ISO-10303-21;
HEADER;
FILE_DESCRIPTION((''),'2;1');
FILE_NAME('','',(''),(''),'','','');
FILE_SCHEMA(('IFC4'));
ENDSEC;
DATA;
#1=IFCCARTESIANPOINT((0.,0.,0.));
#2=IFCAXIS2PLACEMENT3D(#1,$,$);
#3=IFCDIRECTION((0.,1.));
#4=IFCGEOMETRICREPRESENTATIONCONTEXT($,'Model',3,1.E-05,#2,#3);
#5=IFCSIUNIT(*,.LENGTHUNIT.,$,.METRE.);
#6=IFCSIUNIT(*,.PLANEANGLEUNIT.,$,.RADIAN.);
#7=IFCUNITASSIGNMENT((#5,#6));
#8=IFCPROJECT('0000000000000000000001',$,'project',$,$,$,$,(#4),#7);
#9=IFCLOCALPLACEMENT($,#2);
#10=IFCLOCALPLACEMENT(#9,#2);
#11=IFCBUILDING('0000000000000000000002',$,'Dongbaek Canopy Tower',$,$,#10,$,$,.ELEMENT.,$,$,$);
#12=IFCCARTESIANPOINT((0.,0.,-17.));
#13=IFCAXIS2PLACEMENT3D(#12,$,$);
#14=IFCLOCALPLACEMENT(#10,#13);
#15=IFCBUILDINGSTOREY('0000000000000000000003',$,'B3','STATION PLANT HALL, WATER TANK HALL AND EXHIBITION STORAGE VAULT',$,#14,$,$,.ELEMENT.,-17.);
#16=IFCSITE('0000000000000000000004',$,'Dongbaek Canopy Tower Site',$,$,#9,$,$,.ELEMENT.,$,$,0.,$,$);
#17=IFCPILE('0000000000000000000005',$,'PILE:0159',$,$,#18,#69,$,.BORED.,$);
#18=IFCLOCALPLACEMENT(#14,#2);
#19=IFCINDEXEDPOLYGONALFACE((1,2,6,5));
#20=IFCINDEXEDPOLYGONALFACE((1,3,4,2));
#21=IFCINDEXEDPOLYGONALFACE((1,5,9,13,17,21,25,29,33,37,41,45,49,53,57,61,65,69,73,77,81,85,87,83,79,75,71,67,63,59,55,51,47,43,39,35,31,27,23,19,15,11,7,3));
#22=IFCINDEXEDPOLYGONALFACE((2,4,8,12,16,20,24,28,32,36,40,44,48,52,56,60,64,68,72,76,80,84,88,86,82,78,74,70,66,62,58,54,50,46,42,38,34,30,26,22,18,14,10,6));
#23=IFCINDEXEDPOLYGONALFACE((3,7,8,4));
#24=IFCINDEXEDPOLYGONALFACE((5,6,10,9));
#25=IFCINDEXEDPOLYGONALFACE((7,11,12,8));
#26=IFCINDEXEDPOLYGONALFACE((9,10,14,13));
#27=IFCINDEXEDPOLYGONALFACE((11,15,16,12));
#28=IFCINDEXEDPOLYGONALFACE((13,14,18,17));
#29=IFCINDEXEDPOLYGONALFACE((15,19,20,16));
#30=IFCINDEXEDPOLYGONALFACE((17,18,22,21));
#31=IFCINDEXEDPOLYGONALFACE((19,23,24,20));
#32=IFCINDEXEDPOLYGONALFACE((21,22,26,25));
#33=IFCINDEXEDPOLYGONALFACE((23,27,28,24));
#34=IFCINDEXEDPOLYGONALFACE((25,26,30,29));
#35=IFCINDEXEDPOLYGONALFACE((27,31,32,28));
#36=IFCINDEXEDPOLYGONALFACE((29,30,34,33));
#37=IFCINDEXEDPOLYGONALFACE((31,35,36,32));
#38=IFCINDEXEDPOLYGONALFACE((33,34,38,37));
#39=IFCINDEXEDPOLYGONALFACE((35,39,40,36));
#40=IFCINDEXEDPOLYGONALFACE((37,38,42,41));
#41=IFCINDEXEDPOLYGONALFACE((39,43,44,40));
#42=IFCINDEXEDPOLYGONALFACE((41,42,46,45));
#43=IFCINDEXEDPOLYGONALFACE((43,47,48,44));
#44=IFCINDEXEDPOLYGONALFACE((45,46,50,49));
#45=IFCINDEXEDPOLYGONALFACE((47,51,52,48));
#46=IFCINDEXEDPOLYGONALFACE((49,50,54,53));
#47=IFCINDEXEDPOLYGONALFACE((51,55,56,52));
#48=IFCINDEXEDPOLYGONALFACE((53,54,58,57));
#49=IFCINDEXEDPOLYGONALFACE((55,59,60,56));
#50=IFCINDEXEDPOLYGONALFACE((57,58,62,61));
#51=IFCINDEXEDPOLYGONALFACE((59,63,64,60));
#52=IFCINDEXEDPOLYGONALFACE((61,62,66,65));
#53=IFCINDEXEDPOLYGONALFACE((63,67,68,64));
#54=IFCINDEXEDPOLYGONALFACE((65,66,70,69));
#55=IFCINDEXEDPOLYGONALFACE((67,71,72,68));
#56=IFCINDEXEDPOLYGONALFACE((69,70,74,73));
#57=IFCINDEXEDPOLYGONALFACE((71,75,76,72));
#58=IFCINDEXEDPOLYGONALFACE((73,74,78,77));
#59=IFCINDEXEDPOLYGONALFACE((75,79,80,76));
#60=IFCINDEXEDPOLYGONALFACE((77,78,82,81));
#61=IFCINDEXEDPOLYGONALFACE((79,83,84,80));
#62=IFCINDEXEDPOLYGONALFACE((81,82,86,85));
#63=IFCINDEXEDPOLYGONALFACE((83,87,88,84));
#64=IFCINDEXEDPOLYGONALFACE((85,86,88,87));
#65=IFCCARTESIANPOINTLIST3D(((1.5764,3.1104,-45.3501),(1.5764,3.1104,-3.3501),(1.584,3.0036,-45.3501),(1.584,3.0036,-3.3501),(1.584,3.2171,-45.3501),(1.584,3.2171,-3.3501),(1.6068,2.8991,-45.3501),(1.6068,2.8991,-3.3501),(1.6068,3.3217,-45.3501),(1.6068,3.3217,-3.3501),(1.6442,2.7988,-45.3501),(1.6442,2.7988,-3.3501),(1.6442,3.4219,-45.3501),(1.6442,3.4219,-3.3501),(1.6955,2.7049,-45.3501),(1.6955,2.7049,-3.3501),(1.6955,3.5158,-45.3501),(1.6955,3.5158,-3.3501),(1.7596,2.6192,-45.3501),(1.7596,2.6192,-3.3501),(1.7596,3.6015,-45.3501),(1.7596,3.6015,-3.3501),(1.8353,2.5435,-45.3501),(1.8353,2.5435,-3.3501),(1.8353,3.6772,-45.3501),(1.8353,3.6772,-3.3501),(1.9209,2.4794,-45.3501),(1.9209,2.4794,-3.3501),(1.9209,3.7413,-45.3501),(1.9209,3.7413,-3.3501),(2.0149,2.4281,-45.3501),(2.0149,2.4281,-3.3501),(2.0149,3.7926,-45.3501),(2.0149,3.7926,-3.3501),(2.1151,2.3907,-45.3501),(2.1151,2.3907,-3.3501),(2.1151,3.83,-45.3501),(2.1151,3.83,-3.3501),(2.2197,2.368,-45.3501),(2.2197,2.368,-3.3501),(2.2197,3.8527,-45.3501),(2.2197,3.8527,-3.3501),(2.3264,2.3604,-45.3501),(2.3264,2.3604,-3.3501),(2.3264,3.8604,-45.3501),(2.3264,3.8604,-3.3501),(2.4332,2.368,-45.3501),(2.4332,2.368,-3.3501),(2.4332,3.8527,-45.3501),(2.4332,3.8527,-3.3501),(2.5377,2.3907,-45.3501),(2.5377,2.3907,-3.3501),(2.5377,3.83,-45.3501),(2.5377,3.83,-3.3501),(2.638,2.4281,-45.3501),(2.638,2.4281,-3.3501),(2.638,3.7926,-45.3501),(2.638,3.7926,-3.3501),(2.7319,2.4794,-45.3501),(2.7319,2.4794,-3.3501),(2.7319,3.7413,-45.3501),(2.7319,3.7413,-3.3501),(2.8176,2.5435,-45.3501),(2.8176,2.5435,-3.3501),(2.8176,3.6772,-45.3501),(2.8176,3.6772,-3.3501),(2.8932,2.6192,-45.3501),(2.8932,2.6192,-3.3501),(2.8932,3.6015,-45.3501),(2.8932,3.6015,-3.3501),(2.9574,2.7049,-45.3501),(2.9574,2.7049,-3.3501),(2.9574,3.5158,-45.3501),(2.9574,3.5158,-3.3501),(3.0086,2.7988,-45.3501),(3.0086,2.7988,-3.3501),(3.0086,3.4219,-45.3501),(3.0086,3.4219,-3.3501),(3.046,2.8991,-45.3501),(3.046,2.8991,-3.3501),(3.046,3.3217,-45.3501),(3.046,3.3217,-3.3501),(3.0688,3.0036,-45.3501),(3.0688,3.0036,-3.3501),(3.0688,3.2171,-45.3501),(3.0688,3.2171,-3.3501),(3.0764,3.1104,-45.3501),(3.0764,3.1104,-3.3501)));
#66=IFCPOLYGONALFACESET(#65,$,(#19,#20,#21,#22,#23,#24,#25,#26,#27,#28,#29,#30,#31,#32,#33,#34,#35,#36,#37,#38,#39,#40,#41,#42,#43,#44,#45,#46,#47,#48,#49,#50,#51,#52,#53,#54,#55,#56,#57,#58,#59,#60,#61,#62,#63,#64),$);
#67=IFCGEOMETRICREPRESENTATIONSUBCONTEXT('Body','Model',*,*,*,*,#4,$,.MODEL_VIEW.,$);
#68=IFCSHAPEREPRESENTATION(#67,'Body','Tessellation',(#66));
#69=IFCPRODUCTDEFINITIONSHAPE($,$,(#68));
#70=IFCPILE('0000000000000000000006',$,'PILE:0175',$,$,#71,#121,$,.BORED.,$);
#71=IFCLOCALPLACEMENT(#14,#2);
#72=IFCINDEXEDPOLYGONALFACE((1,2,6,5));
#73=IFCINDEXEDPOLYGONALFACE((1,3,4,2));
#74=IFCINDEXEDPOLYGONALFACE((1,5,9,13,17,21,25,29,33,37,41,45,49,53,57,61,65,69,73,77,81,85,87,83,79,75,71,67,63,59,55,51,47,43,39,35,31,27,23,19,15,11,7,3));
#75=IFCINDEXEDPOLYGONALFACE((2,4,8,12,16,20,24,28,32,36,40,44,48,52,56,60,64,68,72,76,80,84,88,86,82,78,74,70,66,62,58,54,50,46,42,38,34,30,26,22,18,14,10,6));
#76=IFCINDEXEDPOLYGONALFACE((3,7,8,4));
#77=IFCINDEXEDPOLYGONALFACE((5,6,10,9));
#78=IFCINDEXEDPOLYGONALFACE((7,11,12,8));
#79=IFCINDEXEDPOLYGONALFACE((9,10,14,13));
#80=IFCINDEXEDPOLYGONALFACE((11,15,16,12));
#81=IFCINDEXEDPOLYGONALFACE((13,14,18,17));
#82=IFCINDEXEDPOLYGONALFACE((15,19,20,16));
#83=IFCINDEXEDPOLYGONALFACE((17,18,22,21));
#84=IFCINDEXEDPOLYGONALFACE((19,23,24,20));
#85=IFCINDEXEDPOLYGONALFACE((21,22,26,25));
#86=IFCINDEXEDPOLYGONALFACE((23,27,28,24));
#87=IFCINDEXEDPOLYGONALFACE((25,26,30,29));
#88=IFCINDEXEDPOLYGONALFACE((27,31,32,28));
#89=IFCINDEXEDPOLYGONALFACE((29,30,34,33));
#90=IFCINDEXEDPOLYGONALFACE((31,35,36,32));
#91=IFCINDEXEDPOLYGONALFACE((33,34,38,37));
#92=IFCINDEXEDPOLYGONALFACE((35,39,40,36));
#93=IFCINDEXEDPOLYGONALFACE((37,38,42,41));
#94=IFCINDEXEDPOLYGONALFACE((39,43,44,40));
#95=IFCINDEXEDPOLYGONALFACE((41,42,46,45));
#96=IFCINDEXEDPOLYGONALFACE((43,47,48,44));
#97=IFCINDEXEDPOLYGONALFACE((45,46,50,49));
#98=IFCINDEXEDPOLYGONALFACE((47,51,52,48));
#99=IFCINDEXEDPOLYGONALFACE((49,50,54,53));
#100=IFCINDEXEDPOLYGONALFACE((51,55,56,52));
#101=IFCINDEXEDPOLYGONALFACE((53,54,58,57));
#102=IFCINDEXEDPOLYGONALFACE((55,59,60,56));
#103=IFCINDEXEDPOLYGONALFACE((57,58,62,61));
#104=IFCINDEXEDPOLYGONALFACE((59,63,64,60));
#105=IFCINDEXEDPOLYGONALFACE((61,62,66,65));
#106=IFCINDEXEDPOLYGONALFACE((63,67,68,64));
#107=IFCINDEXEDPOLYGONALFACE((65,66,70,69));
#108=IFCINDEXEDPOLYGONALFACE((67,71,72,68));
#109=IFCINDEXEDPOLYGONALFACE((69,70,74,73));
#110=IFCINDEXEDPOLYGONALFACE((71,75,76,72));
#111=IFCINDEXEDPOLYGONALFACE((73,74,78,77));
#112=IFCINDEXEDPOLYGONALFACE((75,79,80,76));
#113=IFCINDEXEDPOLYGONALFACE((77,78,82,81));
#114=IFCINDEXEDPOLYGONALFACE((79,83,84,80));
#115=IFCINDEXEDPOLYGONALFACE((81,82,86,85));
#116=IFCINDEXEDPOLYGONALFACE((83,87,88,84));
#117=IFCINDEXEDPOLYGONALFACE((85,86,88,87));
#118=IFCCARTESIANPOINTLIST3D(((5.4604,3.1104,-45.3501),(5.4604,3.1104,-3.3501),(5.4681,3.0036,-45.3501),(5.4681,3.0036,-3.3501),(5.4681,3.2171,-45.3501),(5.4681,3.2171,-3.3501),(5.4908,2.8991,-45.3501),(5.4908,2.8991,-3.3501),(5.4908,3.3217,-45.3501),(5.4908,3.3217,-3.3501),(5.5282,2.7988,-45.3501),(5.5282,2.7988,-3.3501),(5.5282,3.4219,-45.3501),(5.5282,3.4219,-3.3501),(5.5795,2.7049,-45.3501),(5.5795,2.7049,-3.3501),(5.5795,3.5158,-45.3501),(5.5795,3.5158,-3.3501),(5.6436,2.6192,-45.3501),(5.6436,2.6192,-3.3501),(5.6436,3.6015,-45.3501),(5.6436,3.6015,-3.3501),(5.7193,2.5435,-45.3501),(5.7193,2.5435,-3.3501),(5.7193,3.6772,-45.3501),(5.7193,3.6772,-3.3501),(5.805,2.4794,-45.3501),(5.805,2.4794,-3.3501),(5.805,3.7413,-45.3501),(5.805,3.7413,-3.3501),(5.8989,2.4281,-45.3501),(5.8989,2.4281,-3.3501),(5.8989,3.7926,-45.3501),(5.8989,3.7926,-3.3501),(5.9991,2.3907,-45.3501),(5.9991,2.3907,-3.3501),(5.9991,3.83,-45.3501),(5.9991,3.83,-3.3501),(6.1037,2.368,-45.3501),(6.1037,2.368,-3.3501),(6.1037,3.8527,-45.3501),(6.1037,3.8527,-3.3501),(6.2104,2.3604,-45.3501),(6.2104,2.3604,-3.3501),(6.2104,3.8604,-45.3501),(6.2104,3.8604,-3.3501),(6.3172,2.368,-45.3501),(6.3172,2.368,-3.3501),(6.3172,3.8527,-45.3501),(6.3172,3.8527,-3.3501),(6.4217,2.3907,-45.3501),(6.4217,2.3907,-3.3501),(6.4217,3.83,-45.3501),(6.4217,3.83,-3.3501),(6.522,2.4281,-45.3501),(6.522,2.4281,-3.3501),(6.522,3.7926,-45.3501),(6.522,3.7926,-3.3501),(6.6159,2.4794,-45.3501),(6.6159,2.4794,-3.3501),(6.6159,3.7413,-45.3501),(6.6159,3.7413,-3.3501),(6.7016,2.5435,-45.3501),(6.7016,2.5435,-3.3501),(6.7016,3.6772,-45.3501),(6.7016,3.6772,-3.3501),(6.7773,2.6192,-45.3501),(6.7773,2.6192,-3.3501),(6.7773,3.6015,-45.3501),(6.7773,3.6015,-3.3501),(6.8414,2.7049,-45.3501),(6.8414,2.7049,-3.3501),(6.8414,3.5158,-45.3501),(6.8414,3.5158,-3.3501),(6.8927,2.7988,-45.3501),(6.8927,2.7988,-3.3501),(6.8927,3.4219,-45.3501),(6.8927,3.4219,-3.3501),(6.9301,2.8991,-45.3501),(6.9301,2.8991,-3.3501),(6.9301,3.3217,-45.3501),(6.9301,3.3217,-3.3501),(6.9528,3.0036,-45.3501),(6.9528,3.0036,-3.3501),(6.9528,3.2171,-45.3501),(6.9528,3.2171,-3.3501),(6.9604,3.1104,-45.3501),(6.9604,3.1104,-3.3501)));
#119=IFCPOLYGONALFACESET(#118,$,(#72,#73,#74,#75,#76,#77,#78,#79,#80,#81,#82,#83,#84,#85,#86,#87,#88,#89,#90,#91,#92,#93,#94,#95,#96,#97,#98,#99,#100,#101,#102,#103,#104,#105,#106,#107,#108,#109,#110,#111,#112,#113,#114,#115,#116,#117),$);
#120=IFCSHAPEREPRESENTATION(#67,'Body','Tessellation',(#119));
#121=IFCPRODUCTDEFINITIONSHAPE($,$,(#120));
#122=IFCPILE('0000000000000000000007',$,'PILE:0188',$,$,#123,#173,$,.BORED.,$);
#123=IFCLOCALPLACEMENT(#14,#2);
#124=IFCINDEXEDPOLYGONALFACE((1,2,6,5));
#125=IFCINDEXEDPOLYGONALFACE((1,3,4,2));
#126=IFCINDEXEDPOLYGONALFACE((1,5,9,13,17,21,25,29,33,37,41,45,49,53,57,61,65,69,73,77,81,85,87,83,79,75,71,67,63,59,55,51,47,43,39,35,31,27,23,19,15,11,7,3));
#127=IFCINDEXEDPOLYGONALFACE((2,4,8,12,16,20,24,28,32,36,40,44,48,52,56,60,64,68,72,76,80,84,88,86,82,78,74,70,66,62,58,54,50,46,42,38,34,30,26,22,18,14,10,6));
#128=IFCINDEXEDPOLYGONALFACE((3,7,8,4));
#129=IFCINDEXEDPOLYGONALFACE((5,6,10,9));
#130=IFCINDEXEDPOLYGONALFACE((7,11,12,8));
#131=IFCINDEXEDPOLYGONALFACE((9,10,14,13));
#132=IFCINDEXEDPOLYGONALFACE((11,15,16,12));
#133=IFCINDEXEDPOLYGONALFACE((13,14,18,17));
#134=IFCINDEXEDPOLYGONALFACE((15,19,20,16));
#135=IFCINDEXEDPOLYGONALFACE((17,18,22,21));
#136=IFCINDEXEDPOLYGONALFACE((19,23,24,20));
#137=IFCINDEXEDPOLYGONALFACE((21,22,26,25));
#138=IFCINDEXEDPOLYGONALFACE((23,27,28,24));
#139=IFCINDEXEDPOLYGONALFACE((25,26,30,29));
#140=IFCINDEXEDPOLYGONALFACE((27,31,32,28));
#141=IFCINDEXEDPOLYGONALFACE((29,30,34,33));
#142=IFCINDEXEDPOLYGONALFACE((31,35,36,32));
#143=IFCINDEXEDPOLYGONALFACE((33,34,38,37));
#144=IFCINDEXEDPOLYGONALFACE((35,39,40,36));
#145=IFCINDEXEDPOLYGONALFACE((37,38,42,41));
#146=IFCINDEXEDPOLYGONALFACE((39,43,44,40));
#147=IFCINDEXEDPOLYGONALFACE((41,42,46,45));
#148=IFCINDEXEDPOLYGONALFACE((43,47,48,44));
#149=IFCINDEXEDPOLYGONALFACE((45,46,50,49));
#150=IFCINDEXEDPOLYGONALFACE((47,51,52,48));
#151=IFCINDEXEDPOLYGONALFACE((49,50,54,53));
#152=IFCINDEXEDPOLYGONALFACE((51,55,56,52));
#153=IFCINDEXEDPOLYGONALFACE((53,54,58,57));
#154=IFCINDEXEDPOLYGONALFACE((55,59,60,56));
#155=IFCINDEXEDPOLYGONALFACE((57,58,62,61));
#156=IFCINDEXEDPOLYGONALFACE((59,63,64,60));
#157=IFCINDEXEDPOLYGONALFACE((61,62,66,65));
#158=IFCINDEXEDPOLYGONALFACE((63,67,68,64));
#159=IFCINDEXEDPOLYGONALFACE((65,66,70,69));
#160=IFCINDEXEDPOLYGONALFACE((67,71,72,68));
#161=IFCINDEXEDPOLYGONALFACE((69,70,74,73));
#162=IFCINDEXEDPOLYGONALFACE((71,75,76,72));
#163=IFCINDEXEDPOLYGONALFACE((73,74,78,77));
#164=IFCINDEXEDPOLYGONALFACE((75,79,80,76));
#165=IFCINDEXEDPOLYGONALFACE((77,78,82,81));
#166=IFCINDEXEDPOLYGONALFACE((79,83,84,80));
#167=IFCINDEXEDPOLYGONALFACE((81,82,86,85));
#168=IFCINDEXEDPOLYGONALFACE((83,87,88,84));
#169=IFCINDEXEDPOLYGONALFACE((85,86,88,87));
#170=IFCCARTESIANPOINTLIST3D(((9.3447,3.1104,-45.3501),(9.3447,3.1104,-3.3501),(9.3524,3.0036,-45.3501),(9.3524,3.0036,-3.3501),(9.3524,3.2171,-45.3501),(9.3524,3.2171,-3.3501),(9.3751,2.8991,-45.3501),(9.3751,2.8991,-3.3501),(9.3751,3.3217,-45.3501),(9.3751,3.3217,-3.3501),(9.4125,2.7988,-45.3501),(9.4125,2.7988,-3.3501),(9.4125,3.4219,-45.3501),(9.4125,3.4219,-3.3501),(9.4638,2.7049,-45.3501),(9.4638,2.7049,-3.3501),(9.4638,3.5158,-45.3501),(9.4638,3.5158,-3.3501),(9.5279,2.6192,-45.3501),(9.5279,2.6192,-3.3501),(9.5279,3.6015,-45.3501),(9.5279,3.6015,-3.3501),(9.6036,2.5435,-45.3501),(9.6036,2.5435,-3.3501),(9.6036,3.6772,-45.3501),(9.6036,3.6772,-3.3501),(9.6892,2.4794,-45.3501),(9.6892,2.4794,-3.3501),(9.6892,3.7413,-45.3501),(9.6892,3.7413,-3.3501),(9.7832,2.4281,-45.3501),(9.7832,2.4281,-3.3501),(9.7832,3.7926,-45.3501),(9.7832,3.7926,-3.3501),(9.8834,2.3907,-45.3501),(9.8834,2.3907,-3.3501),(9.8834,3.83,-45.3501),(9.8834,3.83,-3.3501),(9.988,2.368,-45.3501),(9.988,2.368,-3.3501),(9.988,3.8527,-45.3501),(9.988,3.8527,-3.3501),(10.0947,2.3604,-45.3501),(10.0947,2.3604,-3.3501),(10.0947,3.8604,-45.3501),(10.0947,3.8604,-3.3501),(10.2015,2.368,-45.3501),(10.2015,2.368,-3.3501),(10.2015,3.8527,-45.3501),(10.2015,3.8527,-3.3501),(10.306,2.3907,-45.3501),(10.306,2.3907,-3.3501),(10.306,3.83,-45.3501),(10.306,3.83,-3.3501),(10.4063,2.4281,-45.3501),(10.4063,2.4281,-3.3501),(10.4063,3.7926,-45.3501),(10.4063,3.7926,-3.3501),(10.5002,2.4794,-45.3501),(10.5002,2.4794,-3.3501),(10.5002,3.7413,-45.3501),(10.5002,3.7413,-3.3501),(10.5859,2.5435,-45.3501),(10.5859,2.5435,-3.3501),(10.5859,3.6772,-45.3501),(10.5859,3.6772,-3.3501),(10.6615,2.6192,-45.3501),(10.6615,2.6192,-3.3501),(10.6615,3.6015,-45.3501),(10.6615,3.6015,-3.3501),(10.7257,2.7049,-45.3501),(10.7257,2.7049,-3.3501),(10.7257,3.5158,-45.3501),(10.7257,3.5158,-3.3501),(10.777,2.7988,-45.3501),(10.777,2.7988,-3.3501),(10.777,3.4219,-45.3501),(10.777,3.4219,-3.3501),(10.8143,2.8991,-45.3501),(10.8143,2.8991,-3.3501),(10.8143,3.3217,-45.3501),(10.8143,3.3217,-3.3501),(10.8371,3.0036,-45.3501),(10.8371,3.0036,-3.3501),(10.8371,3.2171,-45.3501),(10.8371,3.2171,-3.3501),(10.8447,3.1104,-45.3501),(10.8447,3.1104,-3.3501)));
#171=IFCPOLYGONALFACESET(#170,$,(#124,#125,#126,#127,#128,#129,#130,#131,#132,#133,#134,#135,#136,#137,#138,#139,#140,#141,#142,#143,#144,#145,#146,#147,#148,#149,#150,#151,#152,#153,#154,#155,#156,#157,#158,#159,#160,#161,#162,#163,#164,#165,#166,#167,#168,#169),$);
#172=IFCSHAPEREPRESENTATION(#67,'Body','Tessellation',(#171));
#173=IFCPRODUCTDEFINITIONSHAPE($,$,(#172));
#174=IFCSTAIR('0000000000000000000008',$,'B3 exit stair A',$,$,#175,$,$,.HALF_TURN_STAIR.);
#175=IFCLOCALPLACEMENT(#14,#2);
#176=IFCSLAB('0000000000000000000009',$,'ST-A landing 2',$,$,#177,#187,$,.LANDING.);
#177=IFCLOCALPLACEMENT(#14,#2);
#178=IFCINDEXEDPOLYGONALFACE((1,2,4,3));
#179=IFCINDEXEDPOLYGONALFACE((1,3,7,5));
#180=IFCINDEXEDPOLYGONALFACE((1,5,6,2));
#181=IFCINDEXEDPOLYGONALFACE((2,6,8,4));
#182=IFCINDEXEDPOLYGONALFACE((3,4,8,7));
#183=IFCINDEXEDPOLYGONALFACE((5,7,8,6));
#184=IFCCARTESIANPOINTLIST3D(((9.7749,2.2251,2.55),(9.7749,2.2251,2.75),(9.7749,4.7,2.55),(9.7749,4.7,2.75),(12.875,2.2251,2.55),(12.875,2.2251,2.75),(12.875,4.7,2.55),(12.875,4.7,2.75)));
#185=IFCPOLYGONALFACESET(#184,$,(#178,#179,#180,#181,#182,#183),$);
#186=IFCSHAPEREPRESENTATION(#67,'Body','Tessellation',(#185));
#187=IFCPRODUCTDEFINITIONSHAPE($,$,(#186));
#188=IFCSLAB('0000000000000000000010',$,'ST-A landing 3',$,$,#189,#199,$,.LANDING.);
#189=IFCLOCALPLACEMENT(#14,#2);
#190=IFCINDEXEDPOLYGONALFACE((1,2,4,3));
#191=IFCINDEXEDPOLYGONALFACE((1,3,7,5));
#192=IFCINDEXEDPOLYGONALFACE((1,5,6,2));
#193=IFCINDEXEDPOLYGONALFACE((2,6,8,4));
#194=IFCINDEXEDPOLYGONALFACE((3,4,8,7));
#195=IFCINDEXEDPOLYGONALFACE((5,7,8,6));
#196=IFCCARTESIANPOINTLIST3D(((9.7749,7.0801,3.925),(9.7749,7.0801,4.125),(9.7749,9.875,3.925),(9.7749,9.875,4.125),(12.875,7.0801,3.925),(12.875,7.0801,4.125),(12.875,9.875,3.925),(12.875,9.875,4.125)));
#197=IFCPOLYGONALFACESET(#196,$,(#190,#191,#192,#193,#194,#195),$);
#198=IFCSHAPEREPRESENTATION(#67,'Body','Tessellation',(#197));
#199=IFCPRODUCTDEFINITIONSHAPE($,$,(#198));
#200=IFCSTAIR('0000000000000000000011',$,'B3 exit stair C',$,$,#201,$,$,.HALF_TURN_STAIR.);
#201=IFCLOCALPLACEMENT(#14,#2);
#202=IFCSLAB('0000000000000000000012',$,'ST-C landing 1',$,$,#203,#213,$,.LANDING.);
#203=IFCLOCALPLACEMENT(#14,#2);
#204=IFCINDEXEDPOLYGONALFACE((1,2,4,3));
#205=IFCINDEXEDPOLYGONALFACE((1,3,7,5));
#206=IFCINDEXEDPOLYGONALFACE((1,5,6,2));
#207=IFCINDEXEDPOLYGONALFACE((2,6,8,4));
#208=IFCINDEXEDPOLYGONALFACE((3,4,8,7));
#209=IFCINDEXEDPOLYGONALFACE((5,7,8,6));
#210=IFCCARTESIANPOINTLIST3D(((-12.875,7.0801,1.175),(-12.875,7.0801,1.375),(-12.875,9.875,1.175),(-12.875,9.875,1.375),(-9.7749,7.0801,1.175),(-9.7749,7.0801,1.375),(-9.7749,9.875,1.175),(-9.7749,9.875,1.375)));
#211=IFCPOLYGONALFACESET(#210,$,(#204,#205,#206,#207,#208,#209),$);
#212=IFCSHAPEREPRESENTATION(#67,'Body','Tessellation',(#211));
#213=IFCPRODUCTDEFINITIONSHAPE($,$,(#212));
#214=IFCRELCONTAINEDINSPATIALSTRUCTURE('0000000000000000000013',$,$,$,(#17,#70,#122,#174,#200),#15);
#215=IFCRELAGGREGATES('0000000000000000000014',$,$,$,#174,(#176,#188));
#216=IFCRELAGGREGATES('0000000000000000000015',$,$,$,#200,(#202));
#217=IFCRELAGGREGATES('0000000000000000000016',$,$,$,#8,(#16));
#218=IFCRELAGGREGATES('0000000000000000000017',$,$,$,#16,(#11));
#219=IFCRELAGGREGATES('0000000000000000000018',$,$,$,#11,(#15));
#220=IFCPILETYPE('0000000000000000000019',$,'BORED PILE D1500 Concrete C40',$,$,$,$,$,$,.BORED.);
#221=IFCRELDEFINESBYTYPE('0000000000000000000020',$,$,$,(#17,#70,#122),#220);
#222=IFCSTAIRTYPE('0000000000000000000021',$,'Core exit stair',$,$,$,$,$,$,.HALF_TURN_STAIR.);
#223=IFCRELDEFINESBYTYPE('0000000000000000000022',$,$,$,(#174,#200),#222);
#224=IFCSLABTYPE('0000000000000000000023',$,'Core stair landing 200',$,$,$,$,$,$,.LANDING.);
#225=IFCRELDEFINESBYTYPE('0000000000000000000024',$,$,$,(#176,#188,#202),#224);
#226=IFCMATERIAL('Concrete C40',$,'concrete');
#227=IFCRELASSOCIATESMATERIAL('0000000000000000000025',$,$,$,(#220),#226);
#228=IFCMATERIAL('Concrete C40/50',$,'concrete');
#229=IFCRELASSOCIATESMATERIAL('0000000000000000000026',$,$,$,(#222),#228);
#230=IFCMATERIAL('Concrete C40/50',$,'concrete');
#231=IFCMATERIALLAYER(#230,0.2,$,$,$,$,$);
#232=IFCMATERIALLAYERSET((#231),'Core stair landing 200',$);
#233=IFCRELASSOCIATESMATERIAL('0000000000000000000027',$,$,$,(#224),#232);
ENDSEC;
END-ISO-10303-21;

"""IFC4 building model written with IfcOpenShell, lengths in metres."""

from ifc_helpers import new_model, si_unit, direction, frame, origin, origin_2d, place, context, subcontext, project, spatial, polyline, circle, outline, extrude, material, layer, layer_set, material_profile, profile_set, type_object, element, aggregate, save


model = new_model("IFC4")

# Units and contexts
model_context = context("Model", 3, precision=1e-05, world=origin(), true_north=direction((0.0, 1.0)))
body_context = subcontext(model_context, "Body", "Model", "MODEL_VIEW")
ifc_project = project(units=[si_unit("LENGTHUNIT", "METRE"), si_unit("PLANEANGLEUNIT", "RADIAN")], contexts=[model_context])

# Site, building, storey
site_placement = place(None, origin())
site = spatial("IfcSite", under=ifc_project, at=site_placement, Name="Dongbaek Canopy Tower Site", CompositionType="ELEMENT", RefElevation=0.0)
building_placement = place(site_placement, origin())
building = spatial("IfcBuilding", under=site, at=building_placement, Name="Dongbaek Canopy Tower", CompositionType="ELEMENT")
storey_placement = place(building_placement, frame((0.0, 0.0, -17.0)))
storey = spatial("IfcBuildingStorey", under=building, at=storey_placement, Name="B3", Description="STATION PLANT HALL, WATER TANK HALL AND EXHIBITION STORAGE VAULT", CompositionType="ELEMENT", Elevation=-17.0)

# Piles
ifc_material_1 = material(Name="Concrete C40", Category="concrete")
ifc_material_profile = material_profile(ifc_material_1, circle(Radius=0.75, at=origin_2d()), Name="BORED PILE D1500 Concrete C40")
ifc_profile_set = profile_set([ifc_material_profile], Name="Concrete C40")
pile_type = type_object("IfcPileType", Name="BORED PILE D1500 Concrete C40", PredefinedType="BORED", material=ifc_profile_set)
for number, where, z_axis, x_axis, name in (
    (1, (2.3264, 3.1104, -3.3501), (0.0, 0.0, -1.0), (1.0, 0.0, 0.0), "PILE:0159"),
    (2, (6.2104, 3.1104, -3.3501), (0.0, 0.0, -1.0), (1.0, 0.0, 0.0), "PILE:0175"),
    (3, (10.0947, 3.1104, -3.3501), (0.0, 0.0, -1.0), (1.0, 0.0, 0.0), "PILE:0188"),
):
    element("IfcPile", number, at=place(storey_placement, frame(where, z_axis=z_axis, x_axis=x_axis)), inside=storey, type_object=pile_type, Name=name, PredefinedType="BORED", context=body_context, shape_type="SweptSolid", body=[
        extrude(circle(Radius=0.75, at=origin_2d()), origin(), (0.0, 0.0, 1.0), 42.0),
    ])

# Stairs, slabs
ifc_material_2 = material(Name="Concrete C40/50", Category="concrete")
stair_type = type_object("IfcStairType", Name="Core exit stair", PredefinedType="HALF_TURN_STAIR", material=ifc_material_2)
stair_1_placement = place(storey_placement, origin())
stair_1 = element("IfcStair", 4, at=stair_1_placement, inside=storey, type_object=stair_type, Name="B3 exit stair A", PredefinedType="HALF_TURN_STAIR")
ifc_material_3 = material(Name="Concrete C40/50", Category="concrete")
ifc_layer_1 = layer(ifc_material_3, 0.2)
ifc_layer_set_1 = layer_set([ifc_layer_1], Name="Core stair landing 200")
slab_type = type_object("IfcSlabType", Name="Core stair landing 200", PredefinedType="LANDING", material=ifc_layer_set_1)
slab_1_placement = place(storey_placement, frame((0.0, 0.0, 2.55)))
slab_1 = element("IfcSlab", 5, at=slab_1_placement, type_object=slab_type, Name="ST-A landing 2", PredefinedType="LANDING", context=body_context, shape_type="SweptSolid", body=[
    extrude(outline(polyline([(12.875, 2.2251), (12.875, 4.7), (9.7749, 4.7), (9.7749, 2.2251), (12.875, 2.2251)])), origin(), (0.0, 0.0, 1.0), 0.2),
])
slab_2_placement = place(storey_placement, frame((0.0, 0.0, 3.925)))
slab_2 = element("IfcSlab", 6, at=slab_2_placement, type_object=slab_type, Name="ST-A landing 3", PredefinedType="LANDING", context=body_context, shape_type="SweptSolid", body=[
    extrude(outline(polyline([(12.875, 7.0801), (12.875, 9.875), (9.7749, 9.875), (9.7749, 7.0801), (12.875, 7.0801)])), origin(), (0.0, 0.0, 1.0), 0.2),
])
aggregate(stair_1, [slab_1, slab_2])
stair_2_placement = place(storey_placement, origin())
stair_2 = element("IfcStair", 7, at=stair_2_placement, inside=storey, type_object=stair_type, Name="B3 exit stair C", PredefinedType="HALF_TURN_STAIR")
slab_3_placement = place(storey_placement, frame((0.0, 0.0, 1.175)))
slab_3 = element("IfcSlab", 8, at=slab_3_placement, type_object=slab_type, Name="ST-C landing 1", PredefinedType="LANDING", context=body_context, shape_type="SweptSolid", body=[
    extrude(outline(polyline([(-9.7749, 7.0801), (-9.7749, 9.875), (-12.875, 9.875), (-12.875, 7.0801), (-9.7749, 7.0801)])), origin(), (0.0, 0.0, 1.0), 0.2),
])
aggregate(stair_2, [slab_3])

save(model, "model.ifc")
